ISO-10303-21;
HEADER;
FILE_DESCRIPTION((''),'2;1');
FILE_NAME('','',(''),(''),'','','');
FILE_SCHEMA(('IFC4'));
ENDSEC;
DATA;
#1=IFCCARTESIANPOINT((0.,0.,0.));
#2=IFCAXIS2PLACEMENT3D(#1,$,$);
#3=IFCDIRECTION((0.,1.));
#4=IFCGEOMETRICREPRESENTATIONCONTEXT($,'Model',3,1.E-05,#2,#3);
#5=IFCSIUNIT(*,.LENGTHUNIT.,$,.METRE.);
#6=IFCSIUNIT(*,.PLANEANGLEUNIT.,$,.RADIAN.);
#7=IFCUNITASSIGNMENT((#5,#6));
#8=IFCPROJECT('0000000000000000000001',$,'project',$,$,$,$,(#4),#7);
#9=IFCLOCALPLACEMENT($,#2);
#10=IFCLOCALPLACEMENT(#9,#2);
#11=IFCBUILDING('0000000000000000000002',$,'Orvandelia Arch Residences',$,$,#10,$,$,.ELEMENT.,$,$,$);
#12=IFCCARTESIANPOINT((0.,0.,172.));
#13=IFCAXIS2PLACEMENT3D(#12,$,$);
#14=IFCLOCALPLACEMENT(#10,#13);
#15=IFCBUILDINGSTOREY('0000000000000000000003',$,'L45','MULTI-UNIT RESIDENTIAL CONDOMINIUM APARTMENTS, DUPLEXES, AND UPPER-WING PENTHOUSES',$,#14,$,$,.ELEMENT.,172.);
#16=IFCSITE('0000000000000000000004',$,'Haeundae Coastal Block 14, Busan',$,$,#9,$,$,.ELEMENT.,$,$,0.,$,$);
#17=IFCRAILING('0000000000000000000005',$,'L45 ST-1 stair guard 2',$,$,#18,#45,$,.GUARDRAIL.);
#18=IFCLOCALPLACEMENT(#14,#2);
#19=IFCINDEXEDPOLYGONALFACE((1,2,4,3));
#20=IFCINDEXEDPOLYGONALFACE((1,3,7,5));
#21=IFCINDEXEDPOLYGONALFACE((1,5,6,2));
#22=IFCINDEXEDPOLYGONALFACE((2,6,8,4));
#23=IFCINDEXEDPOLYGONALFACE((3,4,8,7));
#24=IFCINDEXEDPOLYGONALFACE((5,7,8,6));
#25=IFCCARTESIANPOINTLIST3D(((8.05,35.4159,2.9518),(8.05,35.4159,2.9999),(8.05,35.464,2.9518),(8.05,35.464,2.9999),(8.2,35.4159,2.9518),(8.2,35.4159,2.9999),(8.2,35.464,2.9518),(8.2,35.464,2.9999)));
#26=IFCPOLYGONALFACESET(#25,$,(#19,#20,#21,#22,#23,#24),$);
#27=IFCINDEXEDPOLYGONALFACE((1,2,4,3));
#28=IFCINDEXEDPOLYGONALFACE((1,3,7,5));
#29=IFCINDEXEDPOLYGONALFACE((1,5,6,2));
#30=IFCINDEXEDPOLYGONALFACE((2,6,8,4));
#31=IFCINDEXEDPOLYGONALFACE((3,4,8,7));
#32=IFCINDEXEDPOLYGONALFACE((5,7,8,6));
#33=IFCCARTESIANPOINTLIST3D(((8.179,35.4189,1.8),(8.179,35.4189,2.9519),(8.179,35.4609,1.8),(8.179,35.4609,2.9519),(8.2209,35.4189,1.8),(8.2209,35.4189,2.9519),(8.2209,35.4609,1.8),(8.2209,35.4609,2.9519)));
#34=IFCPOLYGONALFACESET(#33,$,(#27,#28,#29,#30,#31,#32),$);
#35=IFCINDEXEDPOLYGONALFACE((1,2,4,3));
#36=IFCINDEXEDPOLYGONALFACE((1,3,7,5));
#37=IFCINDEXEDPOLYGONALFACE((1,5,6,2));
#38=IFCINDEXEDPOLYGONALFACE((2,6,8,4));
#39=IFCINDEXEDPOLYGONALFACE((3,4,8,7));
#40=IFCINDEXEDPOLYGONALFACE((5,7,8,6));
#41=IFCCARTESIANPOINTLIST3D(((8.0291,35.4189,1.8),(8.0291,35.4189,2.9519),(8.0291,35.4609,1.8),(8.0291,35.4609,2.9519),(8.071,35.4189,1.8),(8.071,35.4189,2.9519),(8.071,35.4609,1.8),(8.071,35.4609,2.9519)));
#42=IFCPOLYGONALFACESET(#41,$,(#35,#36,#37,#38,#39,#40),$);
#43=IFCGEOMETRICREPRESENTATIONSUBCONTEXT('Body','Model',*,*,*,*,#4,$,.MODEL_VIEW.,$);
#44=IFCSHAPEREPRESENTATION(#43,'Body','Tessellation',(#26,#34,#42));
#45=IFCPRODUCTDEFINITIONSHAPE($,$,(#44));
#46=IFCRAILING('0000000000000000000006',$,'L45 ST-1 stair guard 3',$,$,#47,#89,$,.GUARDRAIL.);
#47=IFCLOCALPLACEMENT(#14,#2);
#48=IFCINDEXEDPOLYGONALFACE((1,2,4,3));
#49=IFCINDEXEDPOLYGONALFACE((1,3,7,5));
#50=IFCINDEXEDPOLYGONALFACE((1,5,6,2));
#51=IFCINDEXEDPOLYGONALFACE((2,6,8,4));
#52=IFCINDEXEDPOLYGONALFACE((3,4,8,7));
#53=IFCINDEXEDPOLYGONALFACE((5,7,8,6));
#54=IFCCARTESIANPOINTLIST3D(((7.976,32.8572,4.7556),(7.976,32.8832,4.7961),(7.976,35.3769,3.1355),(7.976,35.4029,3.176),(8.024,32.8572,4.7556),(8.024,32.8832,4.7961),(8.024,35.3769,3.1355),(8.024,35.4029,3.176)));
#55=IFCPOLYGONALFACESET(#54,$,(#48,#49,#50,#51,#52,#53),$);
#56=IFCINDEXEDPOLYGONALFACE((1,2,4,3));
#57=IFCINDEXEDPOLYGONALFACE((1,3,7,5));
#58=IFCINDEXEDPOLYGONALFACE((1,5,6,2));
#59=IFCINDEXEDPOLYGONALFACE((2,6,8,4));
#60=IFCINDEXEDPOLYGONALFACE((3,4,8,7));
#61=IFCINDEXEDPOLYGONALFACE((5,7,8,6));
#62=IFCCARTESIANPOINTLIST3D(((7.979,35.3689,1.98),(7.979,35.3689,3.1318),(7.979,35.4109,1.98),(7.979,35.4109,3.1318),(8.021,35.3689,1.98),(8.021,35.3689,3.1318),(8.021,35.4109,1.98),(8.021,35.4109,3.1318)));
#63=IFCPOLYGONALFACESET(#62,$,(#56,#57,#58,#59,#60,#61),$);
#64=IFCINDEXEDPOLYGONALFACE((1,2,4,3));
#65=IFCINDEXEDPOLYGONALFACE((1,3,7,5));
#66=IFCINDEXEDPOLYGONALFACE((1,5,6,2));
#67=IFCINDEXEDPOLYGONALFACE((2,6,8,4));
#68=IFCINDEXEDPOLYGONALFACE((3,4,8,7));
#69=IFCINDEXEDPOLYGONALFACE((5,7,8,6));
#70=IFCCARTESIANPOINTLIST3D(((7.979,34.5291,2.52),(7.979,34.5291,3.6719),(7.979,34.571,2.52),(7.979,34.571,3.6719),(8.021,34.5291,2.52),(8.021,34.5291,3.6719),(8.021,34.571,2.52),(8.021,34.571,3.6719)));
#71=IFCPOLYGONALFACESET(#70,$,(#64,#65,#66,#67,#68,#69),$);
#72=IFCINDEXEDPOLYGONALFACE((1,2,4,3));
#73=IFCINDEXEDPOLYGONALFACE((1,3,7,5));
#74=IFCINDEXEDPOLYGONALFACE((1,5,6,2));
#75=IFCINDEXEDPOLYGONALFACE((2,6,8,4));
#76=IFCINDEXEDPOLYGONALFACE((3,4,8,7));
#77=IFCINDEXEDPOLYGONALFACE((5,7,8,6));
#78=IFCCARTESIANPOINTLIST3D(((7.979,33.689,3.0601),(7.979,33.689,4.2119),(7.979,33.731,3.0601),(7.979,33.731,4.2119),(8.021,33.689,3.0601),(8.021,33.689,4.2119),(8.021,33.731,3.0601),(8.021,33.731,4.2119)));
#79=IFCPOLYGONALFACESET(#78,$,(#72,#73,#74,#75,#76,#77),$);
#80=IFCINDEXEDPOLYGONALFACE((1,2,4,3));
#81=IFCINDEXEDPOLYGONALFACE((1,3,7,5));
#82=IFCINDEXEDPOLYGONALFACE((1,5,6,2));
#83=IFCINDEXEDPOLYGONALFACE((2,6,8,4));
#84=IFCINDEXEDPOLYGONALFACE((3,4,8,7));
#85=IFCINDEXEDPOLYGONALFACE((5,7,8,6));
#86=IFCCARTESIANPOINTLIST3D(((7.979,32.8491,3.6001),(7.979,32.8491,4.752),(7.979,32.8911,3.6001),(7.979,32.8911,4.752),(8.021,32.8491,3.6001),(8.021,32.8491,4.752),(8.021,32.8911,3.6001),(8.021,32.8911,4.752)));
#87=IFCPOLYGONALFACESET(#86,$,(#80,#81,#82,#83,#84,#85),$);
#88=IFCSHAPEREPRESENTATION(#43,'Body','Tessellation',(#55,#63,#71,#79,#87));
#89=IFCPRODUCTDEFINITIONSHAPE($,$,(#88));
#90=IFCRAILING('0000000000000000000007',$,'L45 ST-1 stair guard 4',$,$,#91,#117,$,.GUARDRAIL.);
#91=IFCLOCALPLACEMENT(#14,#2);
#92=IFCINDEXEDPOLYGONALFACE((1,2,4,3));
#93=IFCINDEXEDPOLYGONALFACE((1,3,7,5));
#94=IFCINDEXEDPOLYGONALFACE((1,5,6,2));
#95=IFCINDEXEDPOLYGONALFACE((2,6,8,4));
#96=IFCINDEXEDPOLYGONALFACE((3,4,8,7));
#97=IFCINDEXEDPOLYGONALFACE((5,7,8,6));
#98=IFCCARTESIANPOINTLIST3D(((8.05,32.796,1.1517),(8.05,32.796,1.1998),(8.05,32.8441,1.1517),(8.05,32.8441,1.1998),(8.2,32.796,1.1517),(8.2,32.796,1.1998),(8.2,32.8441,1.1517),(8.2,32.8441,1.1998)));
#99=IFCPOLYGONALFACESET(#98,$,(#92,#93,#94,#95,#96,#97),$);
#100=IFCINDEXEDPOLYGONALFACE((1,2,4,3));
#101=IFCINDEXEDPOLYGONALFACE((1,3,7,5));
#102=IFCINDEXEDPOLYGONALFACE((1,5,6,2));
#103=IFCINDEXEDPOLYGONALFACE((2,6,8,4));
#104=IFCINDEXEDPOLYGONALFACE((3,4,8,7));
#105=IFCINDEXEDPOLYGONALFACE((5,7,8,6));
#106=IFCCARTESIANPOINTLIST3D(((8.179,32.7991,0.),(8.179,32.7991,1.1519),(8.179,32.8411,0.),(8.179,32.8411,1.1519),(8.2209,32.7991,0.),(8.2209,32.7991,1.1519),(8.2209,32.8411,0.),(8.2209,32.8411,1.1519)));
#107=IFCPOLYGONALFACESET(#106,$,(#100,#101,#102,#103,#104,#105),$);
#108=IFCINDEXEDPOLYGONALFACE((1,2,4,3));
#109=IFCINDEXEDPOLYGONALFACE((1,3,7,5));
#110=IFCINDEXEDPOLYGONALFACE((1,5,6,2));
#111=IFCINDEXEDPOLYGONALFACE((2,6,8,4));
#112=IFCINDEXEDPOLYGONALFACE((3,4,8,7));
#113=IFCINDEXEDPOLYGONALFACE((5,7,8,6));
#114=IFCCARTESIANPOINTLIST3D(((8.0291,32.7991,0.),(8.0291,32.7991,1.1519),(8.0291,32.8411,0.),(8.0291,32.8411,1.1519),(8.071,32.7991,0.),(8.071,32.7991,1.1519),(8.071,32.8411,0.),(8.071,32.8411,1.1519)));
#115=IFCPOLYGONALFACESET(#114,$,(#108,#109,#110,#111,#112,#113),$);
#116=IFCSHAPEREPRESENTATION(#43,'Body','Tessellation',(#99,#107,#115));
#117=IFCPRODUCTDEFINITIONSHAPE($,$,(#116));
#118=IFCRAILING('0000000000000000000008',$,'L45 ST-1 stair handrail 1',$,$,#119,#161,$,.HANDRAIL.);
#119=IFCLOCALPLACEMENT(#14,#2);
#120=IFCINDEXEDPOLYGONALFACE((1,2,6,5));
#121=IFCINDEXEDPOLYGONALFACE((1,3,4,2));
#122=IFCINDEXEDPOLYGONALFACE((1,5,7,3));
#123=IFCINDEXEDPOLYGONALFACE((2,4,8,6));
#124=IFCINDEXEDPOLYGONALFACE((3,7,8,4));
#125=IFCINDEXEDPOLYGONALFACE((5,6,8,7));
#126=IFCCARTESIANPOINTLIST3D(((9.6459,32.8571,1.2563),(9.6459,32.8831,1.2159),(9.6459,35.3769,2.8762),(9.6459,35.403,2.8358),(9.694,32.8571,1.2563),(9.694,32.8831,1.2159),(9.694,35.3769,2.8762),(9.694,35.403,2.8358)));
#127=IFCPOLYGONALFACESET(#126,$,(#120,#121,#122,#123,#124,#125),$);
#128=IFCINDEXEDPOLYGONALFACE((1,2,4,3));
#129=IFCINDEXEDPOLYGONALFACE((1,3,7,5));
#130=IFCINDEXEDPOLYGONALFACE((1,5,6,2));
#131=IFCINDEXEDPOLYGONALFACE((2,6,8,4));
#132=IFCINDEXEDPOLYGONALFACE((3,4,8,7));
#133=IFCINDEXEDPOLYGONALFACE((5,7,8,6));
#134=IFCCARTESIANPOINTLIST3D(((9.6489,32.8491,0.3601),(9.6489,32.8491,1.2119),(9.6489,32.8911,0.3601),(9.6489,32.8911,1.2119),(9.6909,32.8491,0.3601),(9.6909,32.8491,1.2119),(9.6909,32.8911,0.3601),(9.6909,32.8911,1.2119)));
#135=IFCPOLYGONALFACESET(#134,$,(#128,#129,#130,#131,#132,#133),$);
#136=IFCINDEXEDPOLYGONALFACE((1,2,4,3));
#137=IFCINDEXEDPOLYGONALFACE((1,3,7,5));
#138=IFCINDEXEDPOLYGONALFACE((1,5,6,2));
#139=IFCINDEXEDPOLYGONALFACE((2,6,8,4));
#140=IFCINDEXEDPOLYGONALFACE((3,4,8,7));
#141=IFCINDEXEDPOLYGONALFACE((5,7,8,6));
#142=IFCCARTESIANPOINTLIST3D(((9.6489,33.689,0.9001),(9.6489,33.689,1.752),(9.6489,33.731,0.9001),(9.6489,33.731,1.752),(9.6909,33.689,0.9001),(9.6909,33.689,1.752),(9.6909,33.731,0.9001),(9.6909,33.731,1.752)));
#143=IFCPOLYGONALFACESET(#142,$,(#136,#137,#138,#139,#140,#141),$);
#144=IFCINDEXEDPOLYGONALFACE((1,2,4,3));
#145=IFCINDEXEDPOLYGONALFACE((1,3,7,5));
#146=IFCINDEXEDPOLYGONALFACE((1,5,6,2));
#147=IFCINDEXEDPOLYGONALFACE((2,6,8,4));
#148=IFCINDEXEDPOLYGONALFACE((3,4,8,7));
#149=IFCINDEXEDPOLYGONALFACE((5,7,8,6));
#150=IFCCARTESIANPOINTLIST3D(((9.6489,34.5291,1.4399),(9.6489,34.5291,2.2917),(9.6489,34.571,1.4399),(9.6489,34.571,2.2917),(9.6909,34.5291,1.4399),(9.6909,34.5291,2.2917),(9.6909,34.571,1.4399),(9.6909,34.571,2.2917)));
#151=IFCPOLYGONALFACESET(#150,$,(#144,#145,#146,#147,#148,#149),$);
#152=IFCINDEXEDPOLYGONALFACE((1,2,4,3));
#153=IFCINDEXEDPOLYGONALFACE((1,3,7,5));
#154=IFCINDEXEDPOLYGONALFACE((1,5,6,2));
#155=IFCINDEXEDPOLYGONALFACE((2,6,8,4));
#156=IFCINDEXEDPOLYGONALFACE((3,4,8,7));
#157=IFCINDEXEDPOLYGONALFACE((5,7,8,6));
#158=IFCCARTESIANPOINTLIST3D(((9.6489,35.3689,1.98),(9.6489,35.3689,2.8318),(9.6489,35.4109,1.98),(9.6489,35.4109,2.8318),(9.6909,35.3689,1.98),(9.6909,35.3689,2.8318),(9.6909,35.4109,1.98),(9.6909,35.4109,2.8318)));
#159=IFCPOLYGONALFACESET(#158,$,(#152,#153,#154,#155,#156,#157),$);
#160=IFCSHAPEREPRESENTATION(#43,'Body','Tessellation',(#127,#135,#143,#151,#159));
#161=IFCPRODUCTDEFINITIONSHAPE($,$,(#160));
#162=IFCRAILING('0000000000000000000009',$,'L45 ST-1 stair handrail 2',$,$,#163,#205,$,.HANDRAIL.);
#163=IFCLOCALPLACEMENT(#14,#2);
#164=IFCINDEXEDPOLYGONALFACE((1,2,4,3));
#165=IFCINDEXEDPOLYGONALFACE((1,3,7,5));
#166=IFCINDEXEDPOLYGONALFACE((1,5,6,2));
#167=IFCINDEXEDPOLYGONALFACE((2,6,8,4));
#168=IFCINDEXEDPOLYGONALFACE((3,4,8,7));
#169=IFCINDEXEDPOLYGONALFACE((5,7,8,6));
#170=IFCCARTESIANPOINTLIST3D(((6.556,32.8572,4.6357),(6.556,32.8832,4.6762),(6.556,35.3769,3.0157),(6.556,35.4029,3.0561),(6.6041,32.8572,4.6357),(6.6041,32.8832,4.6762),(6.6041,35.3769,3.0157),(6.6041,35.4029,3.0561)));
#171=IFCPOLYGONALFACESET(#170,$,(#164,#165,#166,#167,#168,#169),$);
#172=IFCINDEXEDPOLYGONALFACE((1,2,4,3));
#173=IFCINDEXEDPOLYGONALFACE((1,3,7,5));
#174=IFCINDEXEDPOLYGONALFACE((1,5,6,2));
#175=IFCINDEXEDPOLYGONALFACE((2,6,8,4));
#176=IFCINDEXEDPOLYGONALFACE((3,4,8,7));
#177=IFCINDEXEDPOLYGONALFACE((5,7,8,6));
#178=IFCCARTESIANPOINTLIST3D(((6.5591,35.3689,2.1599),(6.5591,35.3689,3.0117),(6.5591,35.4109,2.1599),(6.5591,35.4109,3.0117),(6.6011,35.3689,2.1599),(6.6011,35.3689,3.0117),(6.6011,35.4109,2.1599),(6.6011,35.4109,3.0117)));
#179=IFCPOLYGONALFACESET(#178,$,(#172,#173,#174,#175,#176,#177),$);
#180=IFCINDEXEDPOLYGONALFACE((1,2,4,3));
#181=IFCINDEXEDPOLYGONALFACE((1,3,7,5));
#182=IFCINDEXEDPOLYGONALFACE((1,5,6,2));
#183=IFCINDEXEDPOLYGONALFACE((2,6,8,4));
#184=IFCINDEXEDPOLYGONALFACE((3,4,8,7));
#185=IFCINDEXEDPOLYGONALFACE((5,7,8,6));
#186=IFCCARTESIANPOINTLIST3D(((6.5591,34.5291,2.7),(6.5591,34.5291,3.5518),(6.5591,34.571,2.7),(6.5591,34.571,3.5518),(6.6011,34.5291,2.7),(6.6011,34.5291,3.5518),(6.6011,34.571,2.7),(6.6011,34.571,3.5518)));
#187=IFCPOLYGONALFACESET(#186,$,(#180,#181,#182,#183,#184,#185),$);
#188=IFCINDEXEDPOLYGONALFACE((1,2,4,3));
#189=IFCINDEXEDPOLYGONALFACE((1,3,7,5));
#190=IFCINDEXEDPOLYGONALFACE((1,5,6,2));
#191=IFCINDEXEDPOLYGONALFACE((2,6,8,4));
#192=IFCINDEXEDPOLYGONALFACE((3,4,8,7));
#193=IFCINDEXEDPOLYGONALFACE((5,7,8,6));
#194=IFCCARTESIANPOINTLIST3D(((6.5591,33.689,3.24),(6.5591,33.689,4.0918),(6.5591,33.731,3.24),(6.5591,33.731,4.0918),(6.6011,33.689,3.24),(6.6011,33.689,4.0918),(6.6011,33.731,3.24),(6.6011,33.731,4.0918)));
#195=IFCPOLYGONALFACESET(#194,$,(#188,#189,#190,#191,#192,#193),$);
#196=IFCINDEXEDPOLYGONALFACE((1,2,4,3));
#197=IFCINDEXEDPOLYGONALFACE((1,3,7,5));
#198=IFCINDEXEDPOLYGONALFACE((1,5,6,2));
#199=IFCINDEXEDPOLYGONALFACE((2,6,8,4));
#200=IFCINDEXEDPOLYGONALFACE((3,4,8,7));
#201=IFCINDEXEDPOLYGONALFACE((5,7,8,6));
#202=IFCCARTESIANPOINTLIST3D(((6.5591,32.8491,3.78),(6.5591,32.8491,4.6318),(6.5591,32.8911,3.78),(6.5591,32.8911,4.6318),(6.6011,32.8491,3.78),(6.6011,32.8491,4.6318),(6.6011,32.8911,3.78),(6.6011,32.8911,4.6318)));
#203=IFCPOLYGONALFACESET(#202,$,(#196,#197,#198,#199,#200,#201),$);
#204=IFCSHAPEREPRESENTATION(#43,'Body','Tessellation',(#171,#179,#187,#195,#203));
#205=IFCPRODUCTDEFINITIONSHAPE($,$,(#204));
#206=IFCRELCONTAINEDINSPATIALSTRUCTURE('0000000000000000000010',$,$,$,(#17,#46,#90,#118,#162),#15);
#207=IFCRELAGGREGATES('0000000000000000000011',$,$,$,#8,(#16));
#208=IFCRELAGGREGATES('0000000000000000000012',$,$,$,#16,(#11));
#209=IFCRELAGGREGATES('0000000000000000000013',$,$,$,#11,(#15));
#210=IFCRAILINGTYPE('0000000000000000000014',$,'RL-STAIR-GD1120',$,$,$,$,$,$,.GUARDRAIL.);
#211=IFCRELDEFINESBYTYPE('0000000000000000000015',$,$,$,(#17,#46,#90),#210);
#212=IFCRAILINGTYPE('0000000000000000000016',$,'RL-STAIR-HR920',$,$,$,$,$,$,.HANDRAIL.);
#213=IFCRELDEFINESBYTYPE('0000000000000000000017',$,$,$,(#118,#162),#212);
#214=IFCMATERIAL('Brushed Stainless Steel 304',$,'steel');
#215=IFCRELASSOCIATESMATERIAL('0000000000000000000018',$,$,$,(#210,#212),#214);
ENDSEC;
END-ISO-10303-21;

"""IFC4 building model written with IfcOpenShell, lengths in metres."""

from ifc_helpers import new_model, si_unit, direction, frame, origin, origin_2d, place, context, subcontext, project, spatial, rectangle, extrude, material, type_object, element, save


model = new_model("IFC4")

# Units and contexts
model_context = context("Model", 3, precision=1e-05, world=origin(), true_north=direction((0.0, 1.0)))
body_context = subcontext(model_context, "Body", "Model", "MODEL_VIEW")
ifc_project = project(units=[si_unit("LENGTHUNIT", "METRE"), si_unit("PLANEANGLEUNIT", "RADIAN")], contexts=[model_context])

# Site, building, storey
site_placement = place(None, origin())
site = spatial("IfcSite", under=ifc_project, at=site_placement, Name="Haeundae Coastal Block 14, Busan", CompositionType="ELEMENT", RefElevation=0.0)
building_placement = place(site_placement, origin())
building = spatial("IfcBuilding", under=site, at=building_placement, Name="Orvandelia Arch Residences", CompositionType="ELEMENT")
storey_placement = place(building_placement, frame((0.0, 0.0, 172.0)))
storey = spatial("IfcBuildingStorey", under=building, at=storey_placement, Name="L45", Description="MULTI-UNIT RESIDENTIAL CONDOMINIUM APARTMENTS, DUPLEXES, AND UPPER-WING PENTHOUSES", CompositionType="ELEMENT", Elevation=172.0)

# Railings
ifc_material_1 = material(Name="Brushed Stainless Steel 304", Category="steel")
railing_type_1 = type_object("IfcRailingType", Name="RL-STAIR-GD1120", PredefinedType="GUARDRAIL", material=ifc_material_1)
railing_1_placement = place(storey_placement, frame((8.2, 35.4399, 1.8)))
element("IfcRailing", 1, at=railing_1_placement, inside=storey, type_object=railing_type_1, Name="L45 ST-1 stair guard 2", PredefinedType="GUARDRAIL", context=body_context, shape_type="SweptSolid", body=[
    extrude(rectangle(XDim=0.0481, YDim=0.0481, at=origin_2d()), frame((0.0, 0.0, 1.1758), z_axis=(-1.0, 0.0, 0.0), x_axis=(0.0, -1.0, 0.0)), (0.0, 0.0, 1.0), 0.1499),
    extrude(rectangle(XDim=0.042, YDim=0.042, at=origin_2d()), origin(), (0.0, 0.0, 1.0), 1.1519),
    extrude(rectangle(XDim=0.042, YDim=0.042, at=origin_2d()), frame((-0.1499, 0.0, 0.0)), (0.0, 0.0, 1.0), 1.1519),
])
railing_2_placement = place(storey_placement, frame((8.0, 35.3899, 1.98)))
element("IfcRailing", 2, at=railing_2_placement, inside=storey, type_object=railing_type_1, Name="L45 ST-1 stair guard 3", PredefinedType="GUARDRAIL", context=body_context, shape_type="SweptSolid", body=[
    extrude(rectangle(XDim=0.0481, YDim=0.0481, at=origin_2d()), frame((0.0, 0.0, 1.1758), z_axis=(0.0, -0.841139, 0.540819), x_axis=(1.0, 0.0, 0.0)), (0.0, 0.0, 1.0), 2.9956),
    extrude(rectangle(XDim=0.042, YDim=0.042, at=origin_2d()), origin(), (0.0, 0.0, 1.0), 1.1519),
    extrude(rectangle(XDim=0.042, YDim=0.042, at=origin_2d()), frame((0.0, -0.8398, 0.54)), (0.0, 0.0, 1.0), 1.1519),
    extrude(rectangle(XDim=0.042, YDim=0.042, at=origin_2d()), frame((0.0, -1.6799, 1.0801)), (0.0, 0.0, 1.0), 1.1519),
    extrude(rectangle(XDim=0.042, YDim=0.042, at=origin_2d()), frame((0.0, -2.5198, 1.6201)), (0.0, 0.0, 1.0), 1.1519),
])
railing_3_placement = place(storey_placement, frame((8.2, 32.8201, 0.0)))
element("IfcRailing", 3, at=railing_3_placement, inside=storey, type_object=railing_type_1, Name="L45 ST-1 stair guard 4", PredefinedType="GUARDRAIL", context=body_context, shape_type="SweptSolid", body=[
    extrude(rectangle(XDim=0.0481, YDim=0.0481, at=origin_2d()), frame((0.0, 0.0, 1.1758), z_axis=(-1.0, 0.0, 0.0), x_axis=(0.0, -1.0, 0.0)), (0.0, 0.0, 1.0), 0.1499),
    extrude(rectangle(XDim=0.042, YDim=0.042, at=origin_2d()), origin(), (0.0, 0.0, 1.0), 1.1519),
    extrude(rectangle(XDim=0.042, YDim=0.042, at=origin_2d()), frame((-0.1499, 0.0, 0.0)), (0.0, 0.0, 1.0), 1.1519),
])
railing_type_2 = type_object("IfcRailingType", Name="RL-STAIR-HR920", PredefinedType="HANDRAIL", material=ifc_material_1)
railing_4_placement = place(storey_placement, frame((9.6699, 32.8701, 0.3601)))
element("IfcRailing", 4, at=railing_4_placement, inside=storey, type_object=railing_type_2, Name="L45 ST-1 stair handrail 1", PredefinedType="HANDRAIL", context=body_context, shape_type="SweptSolid", body=[
    extrude(rectangle(XDim=0.0481, YDim=0.0481, at=origin_2d()), frame((0.0, 0.0, 0.876), z_axis=(0.0, 0.841176, 0.540762), x_axis=(-1.0, 0.0, 0.0)), (0.0, 0.0, 1.0), 2.9956),
    extrude(rectangle(XDim=0.042, YDim=0.042, at=origin_2d()), origin(), (0.0, 0.0, 1.0), 0.8518),
    extrude(rectangle(XDim=0.042, YDim=0.042, at=origin_2d()), frame((0.0, 0.8398, 0.54)), (0.0, 0.0, 1.0), 0.8518),
    extrude(rectangle(XDim=0.042, YDim=0.042, at=origin_2d()), frame((0.0, 1.6799, 1.0798)), (0.0, 0.0, 1.0), 0.8518),
    extrude(rectangle(XDim=0.042, YDim=0.042, at=origin_2d()), frame((0.0, 2.5198, 1.6199)), (0.0, 0.0, 1.0), 0.8518),
])
railing_5_placement = place(storey_placement, frame((6.5801, 35.3899, 2.1599)))
element("IfcRailing", 5, at=railing_5_placement, inside=storey, type_object=railing_type_2, Name="L45 ST-1 stair handrail 2", PredefinedType="HANDRAIL", context=body_context, shape_type="SweptSolid", body=[
    extrude(rectangle(XDim=0.0481, YDim=0.0481, at=origin_2d()), frame((0.0, 0.0, 0.876), z_axis=(0.0, -0.841139, 0.540819), x_axis=(1.0, 0.0, 0.0)), (0.0, 0.0, 1.0), 2.9956),
    extrude(rectangle(XDim=0.042, YDim=0.042, at=origin_2d()), origin(), (0.0, 0.0, 1.0), 0.8518),
    extrude(rectangle(XDim=0.042, YDim=0.042, at=origin_2d()), frame((0.0, -0.8398, 0.54)), (0.0, 0.0, 1.0), 0.8518),
    extrude(rectangle(XDim=0.042, YDim=0.042, at=origin_2d()), frame((0.0, -1.6799, 1.0801)), (0.0, 0.0, 1.0), 0.8518),
    extrude(rectangle(XDim=0.042, YDim=0.042, at=origin_2d()), frame((0.0, -2.5198, 1.6201)), (0.0, 0.0, 1.0), 0.8518),
])

save(model, "model.ifc")
